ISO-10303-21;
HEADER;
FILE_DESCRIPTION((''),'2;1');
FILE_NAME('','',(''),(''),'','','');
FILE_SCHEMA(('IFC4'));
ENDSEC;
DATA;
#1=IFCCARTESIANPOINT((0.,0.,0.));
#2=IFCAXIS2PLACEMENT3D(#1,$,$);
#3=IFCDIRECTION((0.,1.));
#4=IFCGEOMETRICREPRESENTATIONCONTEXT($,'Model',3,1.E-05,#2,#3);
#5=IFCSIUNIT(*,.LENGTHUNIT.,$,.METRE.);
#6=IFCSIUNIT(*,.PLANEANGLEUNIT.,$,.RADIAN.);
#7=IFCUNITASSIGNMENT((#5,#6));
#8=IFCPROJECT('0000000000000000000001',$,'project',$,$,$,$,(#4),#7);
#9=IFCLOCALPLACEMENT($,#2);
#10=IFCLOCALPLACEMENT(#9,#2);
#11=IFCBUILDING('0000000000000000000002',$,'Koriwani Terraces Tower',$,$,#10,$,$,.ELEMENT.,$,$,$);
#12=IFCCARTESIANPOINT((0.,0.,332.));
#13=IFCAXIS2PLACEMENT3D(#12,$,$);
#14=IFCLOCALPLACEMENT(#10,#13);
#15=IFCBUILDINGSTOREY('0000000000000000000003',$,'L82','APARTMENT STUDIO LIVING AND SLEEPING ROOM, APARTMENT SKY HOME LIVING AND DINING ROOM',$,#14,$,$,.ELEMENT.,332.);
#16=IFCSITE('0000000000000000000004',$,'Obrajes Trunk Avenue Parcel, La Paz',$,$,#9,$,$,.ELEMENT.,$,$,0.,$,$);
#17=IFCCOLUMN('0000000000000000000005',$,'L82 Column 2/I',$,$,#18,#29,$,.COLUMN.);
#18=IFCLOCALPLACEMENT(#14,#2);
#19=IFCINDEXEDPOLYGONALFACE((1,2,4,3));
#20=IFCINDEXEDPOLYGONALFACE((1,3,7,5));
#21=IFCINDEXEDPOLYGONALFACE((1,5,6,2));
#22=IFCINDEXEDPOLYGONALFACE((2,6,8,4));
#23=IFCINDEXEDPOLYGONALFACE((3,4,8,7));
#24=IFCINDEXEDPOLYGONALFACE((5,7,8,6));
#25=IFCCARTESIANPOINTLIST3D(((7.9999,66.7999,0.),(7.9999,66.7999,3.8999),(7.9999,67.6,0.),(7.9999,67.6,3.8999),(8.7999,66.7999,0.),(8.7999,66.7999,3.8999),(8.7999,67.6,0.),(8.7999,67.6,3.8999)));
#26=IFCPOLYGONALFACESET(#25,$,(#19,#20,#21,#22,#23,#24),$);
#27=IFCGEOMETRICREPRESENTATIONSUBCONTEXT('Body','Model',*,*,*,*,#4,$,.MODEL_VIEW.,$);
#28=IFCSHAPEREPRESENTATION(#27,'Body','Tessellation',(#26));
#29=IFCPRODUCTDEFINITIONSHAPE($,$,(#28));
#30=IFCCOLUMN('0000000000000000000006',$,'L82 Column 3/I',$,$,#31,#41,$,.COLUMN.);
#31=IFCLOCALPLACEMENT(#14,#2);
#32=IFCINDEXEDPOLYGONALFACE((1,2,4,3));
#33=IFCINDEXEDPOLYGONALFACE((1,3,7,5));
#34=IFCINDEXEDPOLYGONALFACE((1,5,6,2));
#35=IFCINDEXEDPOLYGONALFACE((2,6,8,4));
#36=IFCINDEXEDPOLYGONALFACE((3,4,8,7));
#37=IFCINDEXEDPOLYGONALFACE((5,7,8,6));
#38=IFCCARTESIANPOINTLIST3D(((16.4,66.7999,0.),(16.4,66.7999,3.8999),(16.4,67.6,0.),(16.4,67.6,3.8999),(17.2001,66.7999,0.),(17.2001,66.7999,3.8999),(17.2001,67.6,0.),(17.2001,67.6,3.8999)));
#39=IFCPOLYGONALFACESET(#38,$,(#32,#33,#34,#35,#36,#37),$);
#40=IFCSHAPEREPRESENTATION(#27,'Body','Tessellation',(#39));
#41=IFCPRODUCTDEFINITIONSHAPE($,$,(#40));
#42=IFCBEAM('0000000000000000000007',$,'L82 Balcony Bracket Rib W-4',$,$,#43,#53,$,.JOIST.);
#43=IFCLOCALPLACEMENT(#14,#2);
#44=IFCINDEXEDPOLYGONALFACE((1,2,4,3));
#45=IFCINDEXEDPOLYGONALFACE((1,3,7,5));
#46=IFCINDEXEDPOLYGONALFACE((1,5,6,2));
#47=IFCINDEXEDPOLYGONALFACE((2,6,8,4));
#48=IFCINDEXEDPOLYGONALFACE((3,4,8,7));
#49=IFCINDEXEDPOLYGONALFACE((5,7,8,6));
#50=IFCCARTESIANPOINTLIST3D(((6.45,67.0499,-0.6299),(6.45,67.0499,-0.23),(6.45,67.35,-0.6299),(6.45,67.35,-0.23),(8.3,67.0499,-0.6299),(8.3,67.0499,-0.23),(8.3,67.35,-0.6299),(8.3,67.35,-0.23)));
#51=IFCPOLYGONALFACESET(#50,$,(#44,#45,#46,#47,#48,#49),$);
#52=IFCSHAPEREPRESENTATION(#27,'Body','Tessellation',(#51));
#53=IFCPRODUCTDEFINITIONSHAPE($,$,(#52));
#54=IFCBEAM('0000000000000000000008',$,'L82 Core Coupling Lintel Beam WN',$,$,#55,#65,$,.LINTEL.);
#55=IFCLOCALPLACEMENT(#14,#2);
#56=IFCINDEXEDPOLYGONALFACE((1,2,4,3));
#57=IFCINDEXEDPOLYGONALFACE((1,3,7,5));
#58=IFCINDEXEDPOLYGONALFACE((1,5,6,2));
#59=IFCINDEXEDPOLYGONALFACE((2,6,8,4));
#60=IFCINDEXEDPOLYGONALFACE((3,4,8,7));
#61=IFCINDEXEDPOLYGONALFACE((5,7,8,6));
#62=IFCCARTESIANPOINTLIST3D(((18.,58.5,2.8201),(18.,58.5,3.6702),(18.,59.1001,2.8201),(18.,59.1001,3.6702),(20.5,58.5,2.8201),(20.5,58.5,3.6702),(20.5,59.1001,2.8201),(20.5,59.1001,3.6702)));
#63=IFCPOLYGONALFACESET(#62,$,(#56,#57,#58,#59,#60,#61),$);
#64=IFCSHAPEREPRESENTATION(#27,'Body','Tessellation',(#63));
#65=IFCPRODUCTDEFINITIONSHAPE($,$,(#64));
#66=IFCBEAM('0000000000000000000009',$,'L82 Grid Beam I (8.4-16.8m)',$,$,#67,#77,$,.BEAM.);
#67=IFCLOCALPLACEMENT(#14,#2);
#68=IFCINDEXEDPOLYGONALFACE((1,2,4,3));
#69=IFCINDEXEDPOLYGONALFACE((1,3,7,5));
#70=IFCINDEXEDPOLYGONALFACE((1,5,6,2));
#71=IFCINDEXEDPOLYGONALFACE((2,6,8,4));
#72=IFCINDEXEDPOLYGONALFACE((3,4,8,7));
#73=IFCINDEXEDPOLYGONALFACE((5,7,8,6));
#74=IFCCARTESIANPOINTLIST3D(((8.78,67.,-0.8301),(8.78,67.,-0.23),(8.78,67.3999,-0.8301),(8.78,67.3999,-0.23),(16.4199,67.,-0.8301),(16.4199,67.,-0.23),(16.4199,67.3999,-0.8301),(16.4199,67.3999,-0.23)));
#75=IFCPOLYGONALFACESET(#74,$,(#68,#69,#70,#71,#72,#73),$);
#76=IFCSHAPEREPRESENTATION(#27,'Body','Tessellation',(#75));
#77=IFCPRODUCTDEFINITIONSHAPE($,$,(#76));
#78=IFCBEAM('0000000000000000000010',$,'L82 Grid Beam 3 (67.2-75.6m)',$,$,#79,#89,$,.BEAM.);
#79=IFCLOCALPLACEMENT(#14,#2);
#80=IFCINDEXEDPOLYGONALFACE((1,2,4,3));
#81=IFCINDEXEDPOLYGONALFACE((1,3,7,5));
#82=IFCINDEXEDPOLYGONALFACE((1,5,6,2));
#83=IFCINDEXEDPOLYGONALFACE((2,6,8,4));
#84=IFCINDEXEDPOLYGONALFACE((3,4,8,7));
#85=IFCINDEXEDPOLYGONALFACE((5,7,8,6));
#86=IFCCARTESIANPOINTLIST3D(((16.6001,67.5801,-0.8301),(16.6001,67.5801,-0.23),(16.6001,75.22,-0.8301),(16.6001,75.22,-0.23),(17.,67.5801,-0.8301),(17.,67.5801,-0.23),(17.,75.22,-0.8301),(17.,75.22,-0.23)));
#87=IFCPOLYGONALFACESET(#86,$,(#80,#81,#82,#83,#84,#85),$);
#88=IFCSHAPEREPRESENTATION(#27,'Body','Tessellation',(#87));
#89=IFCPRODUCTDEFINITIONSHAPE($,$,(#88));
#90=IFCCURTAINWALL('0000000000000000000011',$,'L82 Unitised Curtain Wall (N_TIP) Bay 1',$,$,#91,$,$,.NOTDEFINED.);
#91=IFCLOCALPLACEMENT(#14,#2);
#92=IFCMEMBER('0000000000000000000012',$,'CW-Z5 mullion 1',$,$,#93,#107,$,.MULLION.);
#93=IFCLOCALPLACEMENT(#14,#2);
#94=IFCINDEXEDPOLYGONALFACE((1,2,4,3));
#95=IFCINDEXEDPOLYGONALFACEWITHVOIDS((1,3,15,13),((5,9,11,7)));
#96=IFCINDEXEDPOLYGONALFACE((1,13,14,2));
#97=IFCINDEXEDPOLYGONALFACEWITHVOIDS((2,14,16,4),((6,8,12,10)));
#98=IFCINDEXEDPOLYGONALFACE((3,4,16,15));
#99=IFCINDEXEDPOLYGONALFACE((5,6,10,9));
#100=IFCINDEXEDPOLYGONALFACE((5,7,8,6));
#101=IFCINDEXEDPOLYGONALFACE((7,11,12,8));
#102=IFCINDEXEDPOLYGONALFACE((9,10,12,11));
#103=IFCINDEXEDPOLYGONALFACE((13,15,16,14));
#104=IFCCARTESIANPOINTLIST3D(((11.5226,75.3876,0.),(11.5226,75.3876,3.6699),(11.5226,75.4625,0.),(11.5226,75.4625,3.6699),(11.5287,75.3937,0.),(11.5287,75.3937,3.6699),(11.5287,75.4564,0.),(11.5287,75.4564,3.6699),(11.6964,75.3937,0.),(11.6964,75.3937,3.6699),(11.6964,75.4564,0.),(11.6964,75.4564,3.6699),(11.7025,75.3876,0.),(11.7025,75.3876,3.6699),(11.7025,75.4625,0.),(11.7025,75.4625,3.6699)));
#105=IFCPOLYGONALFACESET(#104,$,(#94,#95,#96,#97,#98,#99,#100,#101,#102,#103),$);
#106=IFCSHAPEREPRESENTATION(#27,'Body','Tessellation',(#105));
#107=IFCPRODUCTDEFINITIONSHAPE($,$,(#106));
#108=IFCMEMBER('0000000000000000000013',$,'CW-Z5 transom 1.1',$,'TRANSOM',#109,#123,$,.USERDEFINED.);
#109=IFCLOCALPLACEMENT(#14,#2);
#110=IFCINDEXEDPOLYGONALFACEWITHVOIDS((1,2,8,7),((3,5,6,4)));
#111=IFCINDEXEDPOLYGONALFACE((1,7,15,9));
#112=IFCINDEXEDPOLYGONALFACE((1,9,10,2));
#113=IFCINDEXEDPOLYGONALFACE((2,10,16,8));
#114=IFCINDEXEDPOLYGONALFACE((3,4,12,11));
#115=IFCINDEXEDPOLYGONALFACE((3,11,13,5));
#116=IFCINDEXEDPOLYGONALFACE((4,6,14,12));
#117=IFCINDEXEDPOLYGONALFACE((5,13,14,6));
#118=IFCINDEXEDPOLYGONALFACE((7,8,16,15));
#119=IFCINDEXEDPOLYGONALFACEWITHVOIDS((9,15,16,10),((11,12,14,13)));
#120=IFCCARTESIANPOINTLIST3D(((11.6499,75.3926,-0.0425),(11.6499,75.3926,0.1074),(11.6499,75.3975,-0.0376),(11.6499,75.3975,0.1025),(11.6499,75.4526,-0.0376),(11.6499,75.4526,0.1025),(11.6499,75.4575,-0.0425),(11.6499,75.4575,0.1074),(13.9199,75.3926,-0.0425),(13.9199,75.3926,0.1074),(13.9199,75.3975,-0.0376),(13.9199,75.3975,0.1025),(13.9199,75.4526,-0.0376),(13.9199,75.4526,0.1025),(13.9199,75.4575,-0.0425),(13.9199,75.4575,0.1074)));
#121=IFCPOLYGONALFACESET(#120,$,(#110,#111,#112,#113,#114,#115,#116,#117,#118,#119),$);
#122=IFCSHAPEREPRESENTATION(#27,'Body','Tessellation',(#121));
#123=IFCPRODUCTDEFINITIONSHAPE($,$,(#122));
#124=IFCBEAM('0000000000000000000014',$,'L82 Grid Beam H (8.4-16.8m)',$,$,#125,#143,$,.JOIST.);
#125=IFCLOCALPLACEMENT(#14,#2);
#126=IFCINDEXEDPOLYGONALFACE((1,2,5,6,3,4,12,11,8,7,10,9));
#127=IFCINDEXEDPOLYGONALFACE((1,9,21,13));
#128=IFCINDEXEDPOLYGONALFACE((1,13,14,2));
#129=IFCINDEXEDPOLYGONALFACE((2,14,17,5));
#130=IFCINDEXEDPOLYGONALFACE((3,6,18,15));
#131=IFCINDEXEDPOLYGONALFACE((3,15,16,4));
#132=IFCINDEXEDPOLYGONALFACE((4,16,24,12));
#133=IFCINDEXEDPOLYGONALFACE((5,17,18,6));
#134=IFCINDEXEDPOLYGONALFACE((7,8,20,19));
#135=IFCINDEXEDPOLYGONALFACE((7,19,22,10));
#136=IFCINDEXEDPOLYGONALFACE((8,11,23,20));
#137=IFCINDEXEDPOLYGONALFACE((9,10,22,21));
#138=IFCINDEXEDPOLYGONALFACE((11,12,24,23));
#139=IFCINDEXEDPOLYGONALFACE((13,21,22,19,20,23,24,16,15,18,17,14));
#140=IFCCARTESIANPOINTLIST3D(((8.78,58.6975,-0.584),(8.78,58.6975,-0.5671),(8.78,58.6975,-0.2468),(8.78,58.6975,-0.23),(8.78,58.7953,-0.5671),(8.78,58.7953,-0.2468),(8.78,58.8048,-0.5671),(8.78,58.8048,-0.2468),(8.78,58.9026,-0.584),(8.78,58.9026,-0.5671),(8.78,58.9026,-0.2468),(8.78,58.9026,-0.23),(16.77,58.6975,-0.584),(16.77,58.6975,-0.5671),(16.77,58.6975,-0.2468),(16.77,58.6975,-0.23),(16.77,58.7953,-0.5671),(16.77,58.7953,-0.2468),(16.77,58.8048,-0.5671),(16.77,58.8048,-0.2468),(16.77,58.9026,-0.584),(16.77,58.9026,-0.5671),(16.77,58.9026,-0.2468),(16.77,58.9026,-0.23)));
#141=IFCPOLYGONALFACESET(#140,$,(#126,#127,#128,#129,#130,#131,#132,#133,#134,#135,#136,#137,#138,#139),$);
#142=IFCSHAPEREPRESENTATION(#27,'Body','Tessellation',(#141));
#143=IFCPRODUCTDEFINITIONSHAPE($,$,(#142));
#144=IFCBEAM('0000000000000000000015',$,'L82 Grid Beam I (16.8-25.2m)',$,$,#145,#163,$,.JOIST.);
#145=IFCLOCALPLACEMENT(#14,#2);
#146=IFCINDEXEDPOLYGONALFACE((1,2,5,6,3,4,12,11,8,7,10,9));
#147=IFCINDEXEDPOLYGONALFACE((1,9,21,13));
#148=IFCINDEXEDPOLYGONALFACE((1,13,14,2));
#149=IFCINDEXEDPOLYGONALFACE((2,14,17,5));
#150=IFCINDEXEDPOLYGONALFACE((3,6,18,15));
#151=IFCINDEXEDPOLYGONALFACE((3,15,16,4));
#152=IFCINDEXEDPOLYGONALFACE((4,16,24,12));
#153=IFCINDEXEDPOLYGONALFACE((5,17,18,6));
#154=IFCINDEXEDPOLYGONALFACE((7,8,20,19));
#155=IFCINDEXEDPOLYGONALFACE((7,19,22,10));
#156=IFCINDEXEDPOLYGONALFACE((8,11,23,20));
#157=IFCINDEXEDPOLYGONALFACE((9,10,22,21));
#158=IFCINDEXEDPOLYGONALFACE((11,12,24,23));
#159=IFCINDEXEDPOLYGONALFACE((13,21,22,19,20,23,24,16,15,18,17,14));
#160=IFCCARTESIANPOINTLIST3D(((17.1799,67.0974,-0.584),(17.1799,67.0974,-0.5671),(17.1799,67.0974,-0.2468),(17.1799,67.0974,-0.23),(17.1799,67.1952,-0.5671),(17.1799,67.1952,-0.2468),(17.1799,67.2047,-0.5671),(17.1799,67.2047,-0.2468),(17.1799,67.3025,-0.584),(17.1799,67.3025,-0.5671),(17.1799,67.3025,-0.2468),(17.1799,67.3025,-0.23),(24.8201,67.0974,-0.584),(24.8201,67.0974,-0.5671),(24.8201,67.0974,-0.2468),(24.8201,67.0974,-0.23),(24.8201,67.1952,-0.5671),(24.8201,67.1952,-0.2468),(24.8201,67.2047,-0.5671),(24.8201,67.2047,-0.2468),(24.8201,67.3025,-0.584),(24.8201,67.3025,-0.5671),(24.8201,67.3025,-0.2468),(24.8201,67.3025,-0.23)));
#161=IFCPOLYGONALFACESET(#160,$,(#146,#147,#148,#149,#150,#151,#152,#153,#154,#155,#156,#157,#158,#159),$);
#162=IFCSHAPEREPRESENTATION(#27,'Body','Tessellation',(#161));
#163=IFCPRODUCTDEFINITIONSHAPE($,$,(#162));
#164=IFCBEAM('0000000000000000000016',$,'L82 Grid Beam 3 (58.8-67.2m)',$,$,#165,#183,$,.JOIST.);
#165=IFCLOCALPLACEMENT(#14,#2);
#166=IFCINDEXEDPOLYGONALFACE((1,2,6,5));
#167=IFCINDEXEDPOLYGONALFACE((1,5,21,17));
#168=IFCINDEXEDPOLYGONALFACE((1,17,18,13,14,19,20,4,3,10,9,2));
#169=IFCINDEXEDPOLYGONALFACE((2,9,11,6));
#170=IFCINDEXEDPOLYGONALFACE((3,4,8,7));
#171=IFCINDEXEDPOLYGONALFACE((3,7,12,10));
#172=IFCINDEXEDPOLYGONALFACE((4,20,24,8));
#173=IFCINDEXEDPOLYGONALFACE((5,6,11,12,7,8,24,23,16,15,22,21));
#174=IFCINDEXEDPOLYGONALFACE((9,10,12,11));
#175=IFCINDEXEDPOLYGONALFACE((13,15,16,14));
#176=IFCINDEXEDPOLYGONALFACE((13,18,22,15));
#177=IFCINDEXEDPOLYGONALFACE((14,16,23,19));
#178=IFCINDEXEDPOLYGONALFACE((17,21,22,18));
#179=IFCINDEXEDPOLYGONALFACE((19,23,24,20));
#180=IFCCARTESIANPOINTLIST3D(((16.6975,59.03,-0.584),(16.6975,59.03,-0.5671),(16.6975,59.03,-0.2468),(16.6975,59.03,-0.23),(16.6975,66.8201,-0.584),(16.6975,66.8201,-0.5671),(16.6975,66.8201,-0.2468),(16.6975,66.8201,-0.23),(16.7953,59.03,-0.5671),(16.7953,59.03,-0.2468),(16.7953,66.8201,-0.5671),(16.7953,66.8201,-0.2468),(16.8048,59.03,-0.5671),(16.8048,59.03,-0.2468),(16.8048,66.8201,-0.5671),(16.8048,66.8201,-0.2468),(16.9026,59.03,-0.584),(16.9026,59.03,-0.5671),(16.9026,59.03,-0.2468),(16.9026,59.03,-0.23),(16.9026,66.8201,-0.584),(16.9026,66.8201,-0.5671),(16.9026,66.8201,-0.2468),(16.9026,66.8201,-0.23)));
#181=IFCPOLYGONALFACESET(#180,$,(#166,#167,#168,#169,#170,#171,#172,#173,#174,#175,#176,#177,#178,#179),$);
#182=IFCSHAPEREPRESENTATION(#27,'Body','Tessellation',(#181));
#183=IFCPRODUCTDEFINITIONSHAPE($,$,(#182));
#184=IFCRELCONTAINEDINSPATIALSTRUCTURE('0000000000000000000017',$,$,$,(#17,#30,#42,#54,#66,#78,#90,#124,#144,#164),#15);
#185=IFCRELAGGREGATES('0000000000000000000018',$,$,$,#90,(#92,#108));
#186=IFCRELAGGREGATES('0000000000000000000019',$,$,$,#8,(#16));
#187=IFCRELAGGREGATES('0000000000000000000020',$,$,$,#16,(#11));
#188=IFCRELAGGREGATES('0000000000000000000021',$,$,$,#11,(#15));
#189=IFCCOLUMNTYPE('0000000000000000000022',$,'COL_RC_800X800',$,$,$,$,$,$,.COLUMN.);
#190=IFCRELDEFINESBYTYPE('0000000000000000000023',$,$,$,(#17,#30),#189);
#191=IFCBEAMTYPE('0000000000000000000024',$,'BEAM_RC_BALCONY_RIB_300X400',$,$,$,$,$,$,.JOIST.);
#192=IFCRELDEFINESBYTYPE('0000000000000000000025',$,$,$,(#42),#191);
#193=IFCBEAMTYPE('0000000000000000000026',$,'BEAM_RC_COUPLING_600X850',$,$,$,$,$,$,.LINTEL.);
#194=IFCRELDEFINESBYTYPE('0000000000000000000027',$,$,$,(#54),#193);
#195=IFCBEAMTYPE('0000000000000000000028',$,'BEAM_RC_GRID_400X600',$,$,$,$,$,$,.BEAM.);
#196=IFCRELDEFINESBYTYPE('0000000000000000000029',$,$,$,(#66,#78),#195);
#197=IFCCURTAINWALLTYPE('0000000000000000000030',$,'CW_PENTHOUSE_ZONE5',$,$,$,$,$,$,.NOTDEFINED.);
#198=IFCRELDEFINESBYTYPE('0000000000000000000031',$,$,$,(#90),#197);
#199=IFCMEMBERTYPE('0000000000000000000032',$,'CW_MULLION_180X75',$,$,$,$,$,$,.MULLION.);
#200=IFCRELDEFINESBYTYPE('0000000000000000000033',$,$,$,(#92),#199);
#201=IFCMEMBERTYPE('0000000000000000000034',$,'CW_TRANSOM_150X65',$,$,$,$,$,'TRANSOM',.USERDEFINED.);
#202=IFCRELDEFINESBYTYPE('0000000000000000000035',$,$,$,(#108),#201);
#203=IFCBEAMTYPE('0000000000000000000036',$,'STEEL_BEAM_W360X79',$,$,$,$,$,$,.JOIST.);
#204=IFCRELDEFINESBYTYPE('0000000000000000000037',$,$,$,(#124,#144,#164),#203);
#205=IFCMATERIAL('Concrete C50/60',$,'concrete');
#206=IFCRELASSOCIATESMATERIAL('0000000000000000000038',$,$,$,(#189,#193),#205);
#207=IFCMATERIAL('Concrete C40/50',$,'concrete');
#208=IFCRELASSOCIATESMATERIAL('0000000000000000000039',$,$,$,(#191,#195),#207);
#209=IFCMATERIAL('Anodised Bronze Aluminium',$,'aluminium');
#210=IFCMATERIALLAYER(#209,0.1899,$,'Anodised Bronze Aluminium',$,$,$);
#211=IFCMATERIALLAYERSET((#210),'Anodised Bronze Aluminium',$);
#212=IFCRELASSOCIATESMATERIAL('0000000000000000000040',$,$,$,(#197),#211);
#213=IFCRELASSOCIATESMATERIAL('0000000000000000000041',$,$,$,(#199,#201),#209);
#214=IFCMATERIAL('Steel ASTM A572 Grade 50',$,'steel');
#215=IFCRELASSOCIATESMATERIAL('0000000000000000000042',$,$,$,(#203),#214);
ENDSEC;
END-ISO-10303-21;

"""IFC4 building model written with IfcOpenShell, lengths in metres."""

from ifc_helpers import new_model, si_unit, direction, frame, origin, origin_2d, place, context, subcontext, project, spatial, rectangle, hollow_rectangle, i_section, extrude, material, layer, layer_set, material_profile, profile_set, type_object, element, aggregate, save


model = new_model("IFC4")

# Units and contexts
model_context = context("Model", 3, precision=1e-05, world=origin(), true_north=direction((0.0, 1.0)))
body_context = subcontext(model_context, "Body", "Model", "MODEL_VIEW")
ifc_project = project(units=[si_unit("LENGTHUNIT", "METRE"), si_unit("PLANEANGLEUNIT", "RADIAN")], contexts=[model_context])

# Site, building, storey
site_placement = place(None, origin())
site = spatial("IfcSite", under=ifc_project, at=site_placement, Name="Obrajes Trunk Avenue Parcel, La Paz", CompositionType="ELEMENT", RefElevation=0.0)
building_placement = place(site_placement, origin())
building = spatial("IfcBuilding", under=site, at=building_placement, Name="Koriwani Terraces Tower", CompositionType="ELEMENT")
storey_placement = place(building_placement, frame((0.0, 0.0, 332.0)))
storey = spatial("IfcBuildingStorey", under=building, at=storey_placement, Name="L82", Description="APARTMENT STUDIO LIVING AND SLEEPING ROOM, APARTMENT SKY HOME LIVING AND DINING ROOM", CompositionType="ELEMENT", Elevation=332.0)

# Columns
ifc_material_1 = material(Name="Concrete C50/60", Category="concrete")
ifc_material_profile_1 = material_profile(ifc_material_1, rectangle(XDim=0.8, YDim=0.8, at=origin_2d()), Name="Concrete C50/60", Category="LoadBearing")
ifc_profile_set_1 = profile_set([ifc_material_profile_1], Name="Concrete C50/60")
column_type = type_object("IfcColumnType", Name="COL_RC_800X800", PredefinedType="COLUMN", material=ifc_profile_set_1)
for number, where, z_axis, x_axis, name in (
    (1, (8.3999, 67.2, 0.0), (0.0, 0.0, 1.0), (1.0, 0.0, 0.0), "L82 Column 2/I"),
    (2, (16.8, 67.2, 0.0), (0.0, 0.0, 1.0), (1.0, 0.0, 0.0), "L82 Column 3/I"),
):
    element("IfcColumn", number, at=place(storey_placement, frame(where, z_axis=z_axis, x_axis=x_axis)), inside=storey, type_object=column_type, Name=name, PredefinedType="COLUMN", context=body_context, shape_type="SweptSolid", body=[
        extrude(rectangle(XDim=0.8, YDim=0.8, at=origin_2d()), origin(), (0.0, 0.0, 1.0), 3.8999),
    ])

# Beams
ifc_material_2 = material(Name="Concrete C40/50", Category="concrete")
ifc_material_profile_2 = material_profile(ifc_material_2, rectangle(XDim=0.3, YDim=0.3999, at=origin_2d()), Name="Concrete C40/50", Category="LoadBearing")
ifc_profile_set_2 = profile_set([ifc_material_profile_2], Name="Concrete C40/50")
beam_type_1 = type_object("IfcBeamType", Name="BEAM_RC_BALCONY_RIB_300X400", PredefinedType="JOIST", material=ifc_profile_set_2)
beam_1_placement = place(storey_placement, frame((6.45, 67.2, -0.4299), z_axis=(1.0, 0.0, 0.0), x_axis=(0.0, 1.0, 0.0)))
element("IfcBeam", 3, at=beam_1_placement, inside=storey, type_object=beam_type_1, Name="L82 Balcony Bracket Rib W-4", PredefinedType="JOIST", context=body_context, shape_type="SweptSolid", body=[
    extrude(rectangle(XDim=0.3, YDim=0.3999, at=origin_2d()), origin(), (0.0, 0.0, 1.0), 1.8501),
])
ifc_material_profile_3 = material_profile(ifc_material_1, rectangle(XDim=0.6001, YDim=0.8501, at=origin_2d()), Name="Concrete C50/60", Category="LoadBearing")
ifc_profile_set_3 = profile_set([ifc_material_profile_3], Name="Concrete C50/60")
beam_type_2 = type_object("IfcBeamType", Name="BEAM_RC_COUPLING_600X850", PredefinedType="LINTEL", material=ifc_profile_set_3)
beam_2_placement = place(storey_placement, frame((18.0, 58.8, 3.2451), z_axis=(1.0, 0.0, 0.0), x_axis=(0.0, 1.0, 0.0)))
element("IfcBeam", 4, at=beam_2_placement, inside=storey, type_object=beam_type_2, Name="L82 Core Coupling Lintel Beam WN", PredefinedType="LINTEL", context=body_context, shape_type="SweptSolid", body=[
    extrude(rectangle(XDim=0.6001, YDim=0.8501, at=origin_2d()), origin(), (0.0, 0.0, 1.0), 2.5),
])
ifc_material_profile_4 = material_profile(ifc_material_2, rectangle(XDim=0.3999, YDim=0.6001, at=origin_2d()), Name="Concrete C40/50", Category="LoadBearing")
ifc_profile_set_4 = profile_set([ifc_material_profile_4], Name="Concrete C40/50")
beam_type_3 = type_object("IfcBeamType", Name="BEAM_RC_GRID_400X600", PredefinedType="BEAM", material=ifc_profile_set_4)
for number, where, z_axis, x_axis, name in (
    (5, (8.78, 67.2, -0.53), (1.0, 0.0, 0.0), (0.0, 1.0, 0.0), "L82 Grid Beam I (8.4-16.8m)"),
    (6, (16.8, 67.5801, -0.53), (0.0, 1.0, 0.0), (-1.0, 0.0, 0.0), "L82 Grid Beam 3 (67.2-75.6m)"),
):
    element("IfcBeam", number, at=place(storey_placement, frame(where, z_axis=z_axis, x_axis=x_axis)), inside=storey, type_object=beam_type_3, Name=name, PredefinedType="BEAM", context=body_context, shape_type="SweptSolid", body=[
        extrude(rectangle(XDim=0.3999, YDim=0.6001, at=origin_2d()), origin(), (0.0, 0.0, 1.0), 7.6399),
    ])

# Curtain wall, members
ifc_material_3 = material(Name="Anodised Bronze Aluminium", Category="aluminium")
ifc_layer_1 = layer(ifc_material_3, 0.1899, Name="Anodised Bronze Aluminium")
ifc_layer_set_1 = layer_set([ifc_layer_1], Name="Anodised Bronze Aluminium")
curtain_wall_type = type_object("IfcCurtainWallType", Name="CW_PENTHOUSE_ZONE5", PredefinedType="NOTDEFINED", material=ifc_layer_set_1)
curtain_wall_placement = place(storey_placement, origin())
curtain_wall = element("IfcCurtainWall", 7, at=curtain_wall_placement, inside=storey, type_object=curtain_wall_type, Name="L82 Unitised Curtain Wall (N_TIP) Bay 1", PredefinedType="NOTDEFINED")
ifc_material_profile_5 = material_profile(ifc_material_3, hollow_rectangle(XDim=0.075, YDim=0.1799, WallThickness=0.0061, at=origin_2d()), Name="Anodised Bronze Aluminium", Category="LoadBearing")
ifc_profile_set_5 = profile_set([ifc_material_profile_5], Name="Anodised Bronze Aluminium")
member_type_1 = type_object("IfcMemberType", Name="CW_MULLION_180X75", PredefinedType="MULLION", material=ifc_profile_set_5)
member_1_placement = place(storey_placement, frame((11.6125, 75.425, 0.0), z_axis=(0.0, 0.0, 1.0), x_axis=(0.0, 1.0, 0.0)))
member_1 = element("IfcMember", 8, at=member_1_placement, type_object=member_type_1, Name="CW-Z5 mullion 1", PredefinedType="MULLION", context=body_context, shape_type="SweptSolid", body=[
    extrude(hollow_rectangle(XDim=0.075, YDim=0.1799, WallThickness=0.0061, at=origin_2d()), origin(), (0.0, 0.0, 1.0), 3.6699),
])
ifc_material_profile_6 = material_profile(ifc_material_3, hollow_rectangle(XDim=0.0649, YDim=0.1499, WallThickness=0.0049, at=origin_2d()), Name="Anodised Bronze Aluminium", Category="LoadBearing")
ifc_profile_set_6 = profile_set([ifc_material_profile_6], Name="Anodised Bronze Aluminium")
member_type_2 = type_object("IfcMemberType", Name="CW_TRANSOM_150X65", ElementType="TRANSOM", PredefinedType="USERDEFINED", material=ifc_profile_set_6)
member_2_placement = place(storey_placement, frame((11.6499, 75.425, 0.0325), z_axis=(1.0, 0.0, 0.0), x_axis=(0.0, 1.0, 0.0)))
member_2 = element("IfcMember", 9, at=member_2_placement, type_object=member_type_2, Name="CW-Z5 transom 1.1", ObjectType="TRANSOM", PredefinedType="USERDEFINED", context=body_context, shape_type="SweptSolid", body=[
    extrude(hollow_rectangle(XDim=0.0649, YDim=0.1499, WallThickness=0.0049, at=origin_2d()), origin(), (0.0, 0.0, 1.0), 2.27),
])
aggregate(curtain_wall, [member_1, member_2])

# Beams
ifc_material_4 = material(Name="Steel ASTM A572 Grade 50", Category="steel")
ifc_material_profile_7 = material_profile(ifc_material_4, i_section(OverallWidth=0.2051, OverallDepth=0.354, WebThickness=0.0095, FlangeThickness=0.0168, at=origin_2d()), Name="Steel ASTM A572 Grade 50", Category="LoadBearing")
ifc_profile_set_7 = profile_set([ifc_material_profile_7], Name="Steel ASTM A572 Grade 50")
beam_type_4 = type_object("IfcBeamType", Name="STEEL_BEAM_W360X79", PredefinedType="JOIST", material=ifc_profile_set_7)
beam_3_placement = place(storey_placement, frame((8.78, 58.8, -0.407), z_axis=(1.0, 0.0, 0.0), x_axis=(0.0, 1.0, 0.0)))
element("IfcBeam", 10, at=beam_3_placement, inside=storey, type_object=beam_type_4, Name="L82 Grid Beam H (8.4-16.8m)", PredefinedType="JOIST", context=body_context, shape_type="SweptSolid", body=[
    extrude(i_section(OverallWidth=0.2051, OverallDepth=0.354, WebThickness=0.0095, FlangeThickness=0.0168, at=origin_2d()), origin(), (0.0, 0.0, 1.0), 7.99),
])
beam_4_placement = place(storey_placement, frame((17.1799, 67.2, -0.407), z_axis=(1.0, 0.0, 0.0), x_axis=(0.0, 1.0, 0.0)))
element("IfcBeam", 11, at=beam_4_placement, inside=storey, type_object=beam_type_4, Name="L82 Grid Beam I (16.8-25.2m)", PredefinedType="JOIST", context=body_context, shape_type="SweptSolid", body=[
    extrude(i_section(OverallWidth=0.2051, OverallDepth=0.354, WebThickness=0.0095, FlangeThickness=0.0168, at=origin_2d()), origin(), (0.0, 0.0, 1.0), 7.6401),
])
beam_5_placement = place(storey_placement, frame((16.8, 59.03, -0.407), z_axis=(0.0, 1.0, 0.0), x_axis=(-1.0, 0.0, 0.0)))
element("IfcBeam", 12, at=beam_5_placement, inside=storey, type_object=beam_type_4, Name="L82 Grid Beam 3 (58.8-67.2m)", PredefinedType="JOIST", context=body_context, shape_type="SweptSolid", body=[
    extrude(i_section(OverallWidth=0.2051, OverallDepth=0.354, WebThickness=0.0095, FlangeThickness=0.0168, at=origin_2d()), origin(), (0.0, 0.0, 1.0), 7.79),
])

save(model, "model.ifc")
